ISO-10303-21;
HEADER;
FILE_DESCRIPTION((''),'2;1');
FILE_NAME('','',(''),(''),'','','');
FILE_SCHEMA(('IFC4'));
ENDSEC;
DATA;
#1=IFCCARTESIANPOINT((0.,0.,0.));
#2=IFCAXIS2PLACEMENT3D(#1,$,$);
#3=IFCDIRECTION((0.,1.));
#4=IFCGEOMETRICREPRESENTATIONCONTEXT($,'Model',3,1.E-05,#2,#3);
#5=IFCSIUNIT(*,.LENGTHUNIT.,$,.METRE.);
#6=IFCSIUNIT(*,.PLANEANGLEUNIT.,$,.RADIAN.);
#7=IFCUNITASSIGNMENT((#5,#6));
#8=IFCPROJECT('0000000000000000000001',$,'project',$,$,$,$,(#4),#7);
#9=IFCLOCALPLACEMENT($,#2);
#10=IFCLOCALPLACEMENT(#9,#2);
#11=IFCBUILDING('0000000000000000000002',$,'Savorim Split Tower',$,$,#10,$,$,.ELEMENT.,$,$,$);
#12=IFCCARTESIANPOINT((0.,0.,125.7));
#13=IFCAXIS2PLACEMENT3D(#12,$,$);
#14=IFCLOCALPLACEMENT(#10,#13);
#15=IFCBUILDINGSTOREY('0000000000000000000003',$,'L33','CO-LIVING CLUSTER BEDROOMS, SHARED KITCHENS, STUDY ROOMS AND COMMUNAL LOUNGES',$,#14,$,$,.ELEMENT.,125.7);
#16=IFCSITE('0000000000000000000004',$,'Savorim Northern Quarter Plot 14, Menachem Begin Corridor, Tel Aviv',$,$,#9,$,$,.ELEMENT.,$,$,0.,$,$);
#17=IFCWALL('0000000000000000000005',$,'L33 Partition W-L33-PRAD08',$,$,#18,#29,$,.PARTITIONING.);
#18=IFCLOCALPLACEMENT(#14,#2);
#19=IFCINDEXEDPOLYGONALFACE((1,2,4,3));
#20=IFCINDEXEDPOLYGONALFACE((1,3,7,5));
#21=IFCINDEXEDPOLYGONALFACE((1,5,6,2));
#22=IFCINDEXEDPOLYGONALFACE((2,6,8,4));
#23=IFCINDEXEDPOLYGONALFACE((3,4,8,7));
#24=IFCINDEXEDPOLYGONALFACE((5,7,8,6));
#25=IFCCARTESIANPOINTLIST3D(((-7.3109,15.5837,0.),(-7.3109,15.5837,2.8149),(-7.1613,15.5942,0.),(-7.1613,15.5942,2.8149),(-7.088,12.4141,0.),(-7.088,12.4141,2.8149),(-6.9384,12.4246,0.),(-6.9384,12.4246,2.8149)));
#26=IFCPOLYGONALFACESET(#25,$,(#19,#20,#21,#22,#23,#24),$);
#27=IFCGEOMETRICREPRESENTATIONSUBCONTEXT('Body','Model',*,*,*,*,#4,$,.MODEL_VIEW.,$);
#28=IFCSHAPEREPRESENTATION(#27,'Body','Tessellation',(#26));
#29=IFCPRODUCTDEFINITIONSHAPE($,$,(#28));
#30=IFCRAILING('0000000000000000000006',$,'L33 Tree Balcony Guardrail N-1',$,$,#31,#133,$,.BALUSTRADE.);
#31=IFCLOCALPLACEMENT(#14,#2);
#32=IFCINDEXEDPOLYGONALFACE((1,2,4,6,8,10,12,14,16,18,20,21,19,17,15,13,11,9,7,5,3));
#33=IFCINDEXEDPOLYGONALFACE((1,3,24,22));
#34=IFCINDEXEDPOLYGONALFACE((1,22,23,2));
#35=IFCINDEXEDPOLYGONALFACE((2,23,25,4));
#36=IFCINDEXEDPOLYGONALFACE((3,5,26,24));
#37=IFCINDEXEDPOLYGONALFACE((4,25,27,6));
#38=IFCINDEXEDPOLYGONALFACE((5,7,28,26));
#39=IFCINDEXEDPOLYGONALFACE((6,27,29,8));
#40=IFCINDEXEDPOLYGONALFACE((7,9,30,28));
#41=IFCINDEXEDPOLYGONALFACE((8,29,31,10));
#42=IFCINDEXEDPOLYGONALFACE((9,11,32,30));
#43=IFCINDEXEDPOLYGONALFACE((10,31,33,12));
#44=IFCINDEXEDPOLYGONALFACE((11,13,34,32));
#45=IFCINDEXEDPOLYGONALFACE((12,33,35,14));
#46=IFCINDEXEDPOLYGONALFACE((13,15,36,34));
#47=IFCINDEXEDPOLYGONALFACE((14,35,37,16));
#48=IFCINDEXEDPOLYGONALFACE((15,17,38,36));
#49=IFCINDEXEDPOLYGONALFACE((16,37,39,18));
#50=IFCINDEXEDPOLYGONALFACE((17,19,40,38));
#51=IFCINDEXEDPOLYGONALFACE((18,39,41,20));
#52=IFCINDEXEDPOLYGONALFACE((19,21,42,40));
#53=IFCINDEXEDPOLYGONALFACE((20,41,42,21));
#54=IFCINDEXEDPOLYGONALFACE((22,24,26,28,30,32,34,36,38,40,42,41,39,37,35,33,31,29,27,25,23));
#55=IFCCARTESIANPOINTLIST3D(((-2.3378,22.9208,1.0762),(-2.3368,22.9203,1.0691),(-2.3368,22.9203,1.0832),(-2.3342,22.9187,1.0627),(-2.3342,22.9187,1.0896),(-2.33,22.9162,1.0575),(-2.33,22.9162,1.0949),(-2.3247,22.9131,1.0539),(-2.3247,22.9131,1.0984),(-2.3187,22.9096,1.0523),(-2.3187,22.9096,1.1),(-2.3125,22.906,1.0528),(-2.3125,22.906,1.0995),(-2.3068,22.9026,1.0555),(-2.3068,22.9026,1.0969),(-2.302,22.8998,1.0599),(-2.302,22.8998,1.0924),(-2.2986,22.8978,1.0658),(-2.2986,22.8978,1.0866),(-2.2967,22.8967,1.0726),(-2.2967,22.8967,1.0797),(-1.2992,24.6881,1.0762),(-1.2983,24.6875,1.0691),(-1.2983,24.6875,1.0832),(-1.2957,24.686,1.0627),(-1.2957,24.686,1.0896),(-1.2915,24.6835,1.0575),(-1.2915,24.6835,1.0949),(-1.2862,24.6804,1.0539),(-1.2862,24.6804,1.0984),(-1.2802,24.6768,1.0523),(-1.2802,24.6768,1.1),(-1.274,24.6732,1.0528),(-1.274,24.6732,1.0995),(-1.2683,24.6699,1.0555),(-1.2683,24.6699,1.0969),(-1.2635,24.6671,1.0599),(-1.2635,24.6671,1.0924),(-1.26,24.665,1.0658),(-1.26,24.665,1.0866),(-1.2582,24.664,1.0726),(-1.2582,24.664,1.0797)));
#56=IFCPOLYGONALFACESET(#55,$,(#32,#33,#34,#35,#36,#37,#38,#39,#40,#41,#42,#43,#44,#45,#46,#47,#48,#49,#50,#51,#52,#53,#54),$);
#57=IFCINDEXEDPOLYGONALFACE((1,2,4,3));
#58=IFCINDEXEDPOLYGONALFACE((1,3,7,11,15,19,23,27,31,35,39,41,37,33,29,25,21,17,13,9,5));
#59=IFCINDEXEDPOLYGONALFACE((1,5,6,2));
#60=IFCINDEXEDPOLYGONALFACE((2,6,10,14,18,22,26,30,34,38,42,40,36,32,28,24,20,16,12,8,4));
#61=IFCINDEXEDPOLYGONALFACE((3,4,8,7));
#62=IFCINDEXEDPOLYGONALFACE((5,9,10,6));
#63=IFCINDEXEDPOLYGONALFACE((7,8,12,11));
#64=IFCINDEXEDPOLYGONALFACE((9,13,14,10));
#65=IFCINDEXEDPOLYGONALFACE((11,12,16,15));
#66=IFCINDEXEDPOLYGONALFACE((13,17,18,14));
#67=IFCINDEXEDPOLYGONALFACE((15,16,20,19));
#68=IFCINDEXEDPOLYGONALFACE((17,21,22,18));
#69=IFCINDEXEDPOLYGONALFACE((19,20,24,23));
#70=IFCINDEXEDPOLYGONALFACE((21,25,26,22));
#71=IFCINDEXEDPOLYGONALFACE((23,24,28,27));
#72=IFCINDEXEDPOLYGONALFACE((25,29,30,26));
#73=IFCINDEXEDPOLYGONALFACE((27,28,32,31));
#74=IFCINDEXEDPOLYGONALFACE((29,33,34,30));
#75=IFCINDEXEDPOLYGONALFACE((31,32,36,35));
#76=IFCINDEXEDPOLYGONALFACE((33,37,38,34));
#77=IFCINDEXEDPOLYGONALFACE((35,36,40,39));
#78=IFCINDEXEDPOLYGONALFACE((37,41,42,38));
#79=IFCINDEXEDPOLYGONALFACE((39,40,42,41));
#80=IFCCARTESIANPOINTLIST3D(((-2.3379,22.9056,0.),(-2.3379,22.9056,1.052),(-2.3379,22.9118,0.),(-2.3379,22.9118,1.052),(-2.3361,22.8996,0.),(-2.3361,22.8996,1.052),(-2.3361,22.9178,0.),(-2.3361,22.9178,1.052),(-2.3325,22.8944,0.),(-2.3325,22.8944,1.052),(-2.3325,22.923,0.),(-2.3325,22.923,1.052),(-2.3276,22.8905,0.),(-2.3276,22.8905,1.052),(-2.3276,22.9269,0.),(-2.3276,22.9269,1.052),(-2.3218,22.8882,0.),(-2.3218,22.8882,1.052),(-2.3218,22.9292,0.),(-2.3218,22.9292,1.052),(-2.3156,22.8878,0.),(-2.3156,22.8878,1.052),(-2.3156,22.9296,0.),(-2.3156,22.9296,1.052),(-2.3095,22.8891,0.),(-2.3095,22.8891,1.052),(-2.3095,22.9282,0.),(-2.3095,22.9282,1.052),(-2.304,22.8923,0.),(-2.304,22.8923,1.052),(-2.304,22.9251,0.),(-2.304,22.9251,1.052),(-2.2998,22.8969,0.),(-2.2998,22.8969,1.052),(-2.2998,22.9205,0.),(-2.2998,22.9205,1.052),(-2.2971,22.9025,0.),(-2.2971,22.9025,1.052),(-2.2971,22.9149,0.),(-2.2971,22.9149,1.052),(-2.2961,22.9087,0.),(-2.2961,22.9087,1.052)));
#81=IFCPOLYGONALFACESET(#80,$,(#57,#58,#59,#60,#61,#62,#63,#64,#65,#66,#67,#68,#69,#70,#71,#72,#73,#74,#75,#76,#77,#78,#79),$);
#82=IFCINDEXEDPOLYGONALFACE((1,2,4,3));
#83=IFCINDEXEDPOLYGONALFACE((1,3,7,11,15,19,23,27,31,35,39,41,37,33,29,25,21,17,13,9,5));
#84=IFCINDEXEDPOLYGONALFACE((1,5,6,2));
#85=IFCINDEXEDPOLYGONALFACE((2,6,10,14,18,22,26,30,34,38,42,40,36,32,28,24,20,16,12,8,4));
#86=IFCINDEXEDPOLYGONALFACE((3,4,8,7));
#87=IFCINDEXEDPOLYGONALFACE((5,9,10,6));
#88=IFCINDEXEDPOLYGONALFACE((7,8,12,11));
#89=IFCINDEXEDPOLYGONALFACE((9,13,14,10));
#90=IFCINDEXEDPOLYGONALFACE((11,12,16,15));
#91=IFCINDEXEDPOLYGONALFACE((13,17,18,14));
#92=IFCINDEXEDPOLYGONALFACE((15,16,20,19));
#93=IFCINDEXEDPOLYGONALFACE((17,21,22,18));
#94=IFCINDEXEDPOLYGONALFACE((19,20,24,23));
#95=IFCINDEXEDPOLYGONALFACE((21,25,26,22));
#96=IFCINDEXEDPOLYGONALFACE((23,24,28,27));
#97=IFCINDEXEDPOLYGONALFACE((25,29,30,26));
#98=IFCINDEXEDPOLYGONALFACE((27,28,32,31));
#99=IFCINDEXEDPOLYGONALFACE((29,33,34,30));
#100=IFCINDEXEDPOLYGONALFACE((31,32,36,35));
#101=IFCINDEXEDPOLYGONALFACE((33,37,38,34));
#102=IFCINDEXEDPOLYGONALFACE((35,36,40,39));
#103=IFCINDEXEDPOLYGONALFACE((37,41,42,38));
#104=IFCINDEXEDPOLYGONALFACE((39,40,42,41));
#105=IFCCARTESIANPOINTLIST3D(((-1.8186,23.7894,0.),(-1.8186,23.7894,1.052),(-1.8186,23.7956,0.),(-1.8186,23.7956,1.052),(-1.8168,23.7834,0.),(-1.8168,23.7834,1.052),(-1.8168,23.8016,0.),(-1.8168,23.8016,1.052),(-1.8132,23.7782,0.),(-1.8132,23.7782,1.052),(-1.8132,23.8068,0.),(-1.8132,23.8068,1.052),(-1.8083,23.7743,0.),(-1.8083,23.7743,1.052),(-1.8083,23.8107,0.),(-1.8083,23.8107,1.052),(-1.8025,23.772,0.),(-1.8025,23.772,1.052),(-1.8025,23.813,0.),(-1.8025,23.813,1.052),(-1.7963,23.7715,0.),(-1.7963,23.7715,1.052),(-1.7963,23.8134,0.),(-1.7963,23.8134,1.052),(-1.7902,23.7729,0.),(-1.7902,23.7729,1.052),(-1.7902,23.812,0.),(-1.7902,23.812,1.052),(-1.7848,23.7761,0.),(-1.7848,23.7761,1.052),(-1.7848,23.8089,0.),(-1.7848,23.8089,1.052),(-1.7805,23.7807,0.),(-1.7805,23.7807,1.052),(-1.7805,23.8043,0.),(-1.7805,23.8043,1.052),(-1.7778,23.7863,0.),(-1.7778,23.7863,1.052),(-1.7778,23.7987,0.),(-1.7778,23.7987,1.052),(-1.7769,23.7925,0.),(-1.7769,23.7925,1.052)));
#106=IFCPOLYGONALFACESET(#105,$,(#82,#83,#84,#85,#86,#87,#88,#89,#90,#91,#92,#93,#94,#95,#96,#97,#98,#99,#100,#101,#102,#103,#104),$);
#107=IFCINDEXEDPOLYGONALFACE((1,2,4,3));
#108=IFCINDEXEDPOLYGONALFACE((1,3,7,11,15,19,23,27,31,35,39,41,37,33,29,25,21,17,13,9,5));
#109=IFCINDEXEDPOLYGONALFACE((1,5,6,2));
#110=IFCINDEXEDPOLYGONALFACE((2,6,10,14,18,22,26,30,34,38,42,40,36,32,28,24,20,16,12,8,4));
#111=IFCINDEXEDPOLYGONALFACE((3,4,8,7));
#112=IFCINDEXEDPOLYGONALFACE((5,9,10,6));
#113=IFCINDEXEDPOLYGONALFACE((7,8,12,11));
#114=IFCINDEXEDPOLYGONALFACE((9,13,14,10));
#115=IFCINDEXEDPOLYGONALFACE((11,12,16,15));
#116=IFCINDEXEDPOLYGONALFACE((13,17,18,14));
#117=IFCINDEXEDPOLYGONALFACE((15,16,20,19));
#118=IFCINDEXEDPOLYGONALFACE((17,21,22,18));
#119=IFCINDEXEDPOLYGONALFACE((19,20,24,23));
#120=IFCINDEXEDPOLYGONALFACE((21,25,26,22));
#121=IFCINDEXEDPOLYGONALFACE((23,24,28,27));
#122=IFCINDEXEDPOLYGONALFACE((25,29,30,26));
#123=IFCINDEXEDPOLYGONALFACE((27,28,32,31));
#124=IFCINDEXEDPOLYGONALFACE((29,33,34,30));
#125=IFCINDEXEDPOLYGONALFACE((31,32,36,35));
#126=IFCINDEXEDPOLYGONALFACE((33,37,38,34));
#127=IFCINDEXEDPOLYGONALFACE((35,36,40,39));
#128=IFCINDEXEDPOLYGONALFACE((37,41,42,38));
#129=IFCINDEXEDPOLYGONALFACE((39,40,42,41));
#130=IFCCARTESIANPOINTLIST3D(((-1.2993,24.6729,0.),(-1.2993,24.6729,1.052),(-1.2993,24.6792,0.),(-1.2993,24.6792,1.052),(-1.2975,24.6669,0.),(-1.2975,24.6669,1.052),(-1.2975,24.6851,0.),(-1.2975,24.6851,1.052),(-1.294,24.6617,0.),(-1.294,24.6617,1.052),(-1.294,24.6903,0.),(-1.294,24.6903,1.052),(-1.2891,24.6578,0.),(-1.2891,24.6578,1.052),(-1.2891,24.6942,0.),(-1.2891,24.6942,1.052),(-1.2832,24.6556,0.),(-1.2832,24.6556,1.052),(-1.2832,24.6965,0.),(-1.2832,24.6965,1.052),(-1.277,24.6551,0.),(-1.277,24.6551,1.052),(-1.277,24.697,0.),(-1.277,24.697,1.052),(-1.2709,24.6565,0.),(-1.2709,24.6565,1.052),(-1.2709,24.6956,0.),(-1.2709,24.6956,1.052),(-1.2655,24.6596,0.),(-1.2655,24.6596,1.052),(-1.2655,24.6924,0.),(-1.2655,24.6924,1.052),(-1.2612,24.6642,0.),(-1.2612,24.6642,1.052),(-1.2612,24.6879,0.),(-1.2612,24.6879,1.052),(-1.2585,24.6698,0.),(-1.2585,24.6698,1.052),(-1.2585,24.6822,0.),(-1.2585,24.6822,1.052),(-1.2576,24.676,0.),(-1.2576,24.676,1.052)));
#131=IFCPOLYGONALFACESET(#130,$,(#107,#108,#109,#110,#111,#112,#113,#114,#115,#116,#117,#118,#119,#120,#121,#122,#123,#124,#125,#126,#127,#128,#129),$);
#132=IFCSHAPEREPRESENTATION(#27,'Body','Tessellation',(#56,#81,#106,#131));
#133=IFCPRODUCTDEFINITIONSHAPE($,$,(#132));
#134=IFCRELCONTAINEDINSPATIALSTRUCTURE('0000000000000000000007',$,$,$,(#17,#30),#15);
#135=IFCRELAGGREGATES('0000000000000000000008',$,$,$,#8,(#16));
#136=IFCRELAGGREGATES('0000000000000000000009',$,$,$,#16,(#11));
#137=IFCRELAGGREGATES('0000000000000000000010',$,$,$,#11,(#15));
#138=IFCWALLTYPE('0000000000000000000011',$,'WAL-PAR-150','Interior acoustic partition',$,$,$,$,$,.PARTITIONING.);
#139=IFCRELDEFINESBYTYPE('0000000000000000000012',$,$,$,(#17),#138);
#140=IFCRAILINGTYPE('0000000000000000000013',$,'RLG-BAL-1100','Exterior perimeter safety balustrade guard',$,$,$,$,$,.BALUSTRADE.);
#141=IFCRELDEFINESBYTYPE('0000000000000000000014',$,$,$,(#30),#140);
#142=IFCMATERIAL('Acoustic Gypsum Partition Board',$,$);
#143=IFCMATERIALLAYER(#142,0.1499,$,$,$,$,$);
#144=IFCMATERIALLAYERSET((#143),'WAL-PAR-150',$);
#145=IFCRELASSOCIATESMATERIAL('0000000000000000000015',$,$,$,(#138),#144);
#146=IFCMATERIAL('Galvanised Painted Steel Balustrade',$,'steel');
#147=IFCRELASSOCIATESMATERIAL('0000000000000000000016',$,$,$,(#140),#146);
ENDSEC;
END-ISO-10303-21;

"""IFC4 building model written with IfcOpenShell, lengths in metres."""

from ifc_helpers import new_model, si_unit, direction, frame, frame_2d, origin, origin_2d, place, context, subcontext, project, spatial, rectangle, circle, extrude, material, layer, layer_set, type_object, element, save


model = new_model("IFC4")

# Units and contexts
model_context = context("Model", 3, precision=1e-05, world=origin(), true_north=direction((0.0, 1.0)))
body_context = subcontext(model_context, "Body", "Model", "MODEL_VIEW")
ifc_project = project(units=[si_unit("LENGTHUNIT", "METRE"), si_unit("PLANEANGLEUNIT", "RADIAN")], contexts=[model_context])

# Site, building, storey
site_placement = place(None, origin())
site = spatial("IfcSite", under=ifc_project, at=site_placement, Name="Savorim Northern Quarter Plot 14, Menachem Begin Corridor, Tel Aviv", CompositionType="ELEMENT", RefElevation=0.0)
building_placement = place(site_placement, origin())
building = spatial("IfcBuilding", under=site, at=building_placement, Name="Savorim Split Tower", CompositionType="ELEMENT")
storey_placement = place(building_placement, frame((0.0, 0.0, 125.7)))
storey = spatial("IfcBuildingStorey", under=building, at=storey_placement, Name="L33", Description="CO-LIVING CLUSTER BEDROOMS, SHARED KITCHENS, STUDY ROOMS AND COMMUNAL LOUNGES", CompositionType="ELEMENT", Elevation=125.7)

# Shared definitions
ifc_material_1 = material(Name="Acoustic Gypsum Partition Board")
ifc_layer_1 = layer(ifc_material_1, 0.1499)
ifc_layer_set_1 = layer_set([ifc_layer_1], Name="WAL-PAR-150")
wall_type_1 = type_object("IfcWallType", Name="WAL-PAR-150", Description="Interior acoustic partition", PredefinedType="PARTITIONING", material=ifc_layer_set_1)

# Wall
wall_1_placement = place(storey_placement, frame((-7.0132, 12.4192, 0.0), z_axis=(0.0, 0.0, 1.0), x_axis=(-0.070149, 0.997536, 0.0)))
element("IfcWall", 1, at=wall_1_placement, inside=storey, type_object=wall_type_1, Name="L33 Partition W-L33-PRAD08", PredefinedType="PARTITIONING", context=body_context, shape_type="SweptSolid", body=[
    extrude(rectangle(XDim=3.1775, YDim=0.1499, at=frame_2d((1.5889, 0.0))), origin(), (0.0, 0.0, 1.0), 2.8149),
])

# Railing
ifc_material_2 = material(Name="Galvanised Painted Steel Balustrade", Category="steel")
railing_type = type_object("IfcRailingType", Name="RLG-BAL-1100", Description="Exterior perimeter safety balustrade guard", PredefinedType="BALUSTRADE", material=ifc_material_2)
railing_1_placement = place(storey_placement, frame((-2.3171, 22.9087, 0.0)))
element("IfcRailing", 2, at=railing_1_placement, inside=storey, type_object=railing_type, Name="L33 Tree Balcony Guardrail N-1", PredefinedType="BALUSTRADE", context=body_context, shape_type="SweptSolid", body=[
    extrude(circle(Radius=0.0239, at=origin_2d()), frame((0.0, 0.0, 1.0762), z_axis=(0.506645, 0.862155, 0.0), x_axis=(-0.862155, 0.506645, 0.0)), (0.0, 0.0, 1.0), 2.0498),
    extrude(circle(Radius=0.021, at=origin_2d()), origin(), (0.0, 0.0, 1.0), 1.052),
    extrude(circle(Radius=0.021, at=origin_2d()), frame((0.5193, 0.8838, 0.0)), (0.0, 0.0, 1.0), 1.052),
    extrude(circle(Radius=0.021, at=origin_2d()), frame((1.0386, 1.7673, 0.0)), (0.0, 0.0, 1.0), 1.052),
])

save(model, "model.ifc")
